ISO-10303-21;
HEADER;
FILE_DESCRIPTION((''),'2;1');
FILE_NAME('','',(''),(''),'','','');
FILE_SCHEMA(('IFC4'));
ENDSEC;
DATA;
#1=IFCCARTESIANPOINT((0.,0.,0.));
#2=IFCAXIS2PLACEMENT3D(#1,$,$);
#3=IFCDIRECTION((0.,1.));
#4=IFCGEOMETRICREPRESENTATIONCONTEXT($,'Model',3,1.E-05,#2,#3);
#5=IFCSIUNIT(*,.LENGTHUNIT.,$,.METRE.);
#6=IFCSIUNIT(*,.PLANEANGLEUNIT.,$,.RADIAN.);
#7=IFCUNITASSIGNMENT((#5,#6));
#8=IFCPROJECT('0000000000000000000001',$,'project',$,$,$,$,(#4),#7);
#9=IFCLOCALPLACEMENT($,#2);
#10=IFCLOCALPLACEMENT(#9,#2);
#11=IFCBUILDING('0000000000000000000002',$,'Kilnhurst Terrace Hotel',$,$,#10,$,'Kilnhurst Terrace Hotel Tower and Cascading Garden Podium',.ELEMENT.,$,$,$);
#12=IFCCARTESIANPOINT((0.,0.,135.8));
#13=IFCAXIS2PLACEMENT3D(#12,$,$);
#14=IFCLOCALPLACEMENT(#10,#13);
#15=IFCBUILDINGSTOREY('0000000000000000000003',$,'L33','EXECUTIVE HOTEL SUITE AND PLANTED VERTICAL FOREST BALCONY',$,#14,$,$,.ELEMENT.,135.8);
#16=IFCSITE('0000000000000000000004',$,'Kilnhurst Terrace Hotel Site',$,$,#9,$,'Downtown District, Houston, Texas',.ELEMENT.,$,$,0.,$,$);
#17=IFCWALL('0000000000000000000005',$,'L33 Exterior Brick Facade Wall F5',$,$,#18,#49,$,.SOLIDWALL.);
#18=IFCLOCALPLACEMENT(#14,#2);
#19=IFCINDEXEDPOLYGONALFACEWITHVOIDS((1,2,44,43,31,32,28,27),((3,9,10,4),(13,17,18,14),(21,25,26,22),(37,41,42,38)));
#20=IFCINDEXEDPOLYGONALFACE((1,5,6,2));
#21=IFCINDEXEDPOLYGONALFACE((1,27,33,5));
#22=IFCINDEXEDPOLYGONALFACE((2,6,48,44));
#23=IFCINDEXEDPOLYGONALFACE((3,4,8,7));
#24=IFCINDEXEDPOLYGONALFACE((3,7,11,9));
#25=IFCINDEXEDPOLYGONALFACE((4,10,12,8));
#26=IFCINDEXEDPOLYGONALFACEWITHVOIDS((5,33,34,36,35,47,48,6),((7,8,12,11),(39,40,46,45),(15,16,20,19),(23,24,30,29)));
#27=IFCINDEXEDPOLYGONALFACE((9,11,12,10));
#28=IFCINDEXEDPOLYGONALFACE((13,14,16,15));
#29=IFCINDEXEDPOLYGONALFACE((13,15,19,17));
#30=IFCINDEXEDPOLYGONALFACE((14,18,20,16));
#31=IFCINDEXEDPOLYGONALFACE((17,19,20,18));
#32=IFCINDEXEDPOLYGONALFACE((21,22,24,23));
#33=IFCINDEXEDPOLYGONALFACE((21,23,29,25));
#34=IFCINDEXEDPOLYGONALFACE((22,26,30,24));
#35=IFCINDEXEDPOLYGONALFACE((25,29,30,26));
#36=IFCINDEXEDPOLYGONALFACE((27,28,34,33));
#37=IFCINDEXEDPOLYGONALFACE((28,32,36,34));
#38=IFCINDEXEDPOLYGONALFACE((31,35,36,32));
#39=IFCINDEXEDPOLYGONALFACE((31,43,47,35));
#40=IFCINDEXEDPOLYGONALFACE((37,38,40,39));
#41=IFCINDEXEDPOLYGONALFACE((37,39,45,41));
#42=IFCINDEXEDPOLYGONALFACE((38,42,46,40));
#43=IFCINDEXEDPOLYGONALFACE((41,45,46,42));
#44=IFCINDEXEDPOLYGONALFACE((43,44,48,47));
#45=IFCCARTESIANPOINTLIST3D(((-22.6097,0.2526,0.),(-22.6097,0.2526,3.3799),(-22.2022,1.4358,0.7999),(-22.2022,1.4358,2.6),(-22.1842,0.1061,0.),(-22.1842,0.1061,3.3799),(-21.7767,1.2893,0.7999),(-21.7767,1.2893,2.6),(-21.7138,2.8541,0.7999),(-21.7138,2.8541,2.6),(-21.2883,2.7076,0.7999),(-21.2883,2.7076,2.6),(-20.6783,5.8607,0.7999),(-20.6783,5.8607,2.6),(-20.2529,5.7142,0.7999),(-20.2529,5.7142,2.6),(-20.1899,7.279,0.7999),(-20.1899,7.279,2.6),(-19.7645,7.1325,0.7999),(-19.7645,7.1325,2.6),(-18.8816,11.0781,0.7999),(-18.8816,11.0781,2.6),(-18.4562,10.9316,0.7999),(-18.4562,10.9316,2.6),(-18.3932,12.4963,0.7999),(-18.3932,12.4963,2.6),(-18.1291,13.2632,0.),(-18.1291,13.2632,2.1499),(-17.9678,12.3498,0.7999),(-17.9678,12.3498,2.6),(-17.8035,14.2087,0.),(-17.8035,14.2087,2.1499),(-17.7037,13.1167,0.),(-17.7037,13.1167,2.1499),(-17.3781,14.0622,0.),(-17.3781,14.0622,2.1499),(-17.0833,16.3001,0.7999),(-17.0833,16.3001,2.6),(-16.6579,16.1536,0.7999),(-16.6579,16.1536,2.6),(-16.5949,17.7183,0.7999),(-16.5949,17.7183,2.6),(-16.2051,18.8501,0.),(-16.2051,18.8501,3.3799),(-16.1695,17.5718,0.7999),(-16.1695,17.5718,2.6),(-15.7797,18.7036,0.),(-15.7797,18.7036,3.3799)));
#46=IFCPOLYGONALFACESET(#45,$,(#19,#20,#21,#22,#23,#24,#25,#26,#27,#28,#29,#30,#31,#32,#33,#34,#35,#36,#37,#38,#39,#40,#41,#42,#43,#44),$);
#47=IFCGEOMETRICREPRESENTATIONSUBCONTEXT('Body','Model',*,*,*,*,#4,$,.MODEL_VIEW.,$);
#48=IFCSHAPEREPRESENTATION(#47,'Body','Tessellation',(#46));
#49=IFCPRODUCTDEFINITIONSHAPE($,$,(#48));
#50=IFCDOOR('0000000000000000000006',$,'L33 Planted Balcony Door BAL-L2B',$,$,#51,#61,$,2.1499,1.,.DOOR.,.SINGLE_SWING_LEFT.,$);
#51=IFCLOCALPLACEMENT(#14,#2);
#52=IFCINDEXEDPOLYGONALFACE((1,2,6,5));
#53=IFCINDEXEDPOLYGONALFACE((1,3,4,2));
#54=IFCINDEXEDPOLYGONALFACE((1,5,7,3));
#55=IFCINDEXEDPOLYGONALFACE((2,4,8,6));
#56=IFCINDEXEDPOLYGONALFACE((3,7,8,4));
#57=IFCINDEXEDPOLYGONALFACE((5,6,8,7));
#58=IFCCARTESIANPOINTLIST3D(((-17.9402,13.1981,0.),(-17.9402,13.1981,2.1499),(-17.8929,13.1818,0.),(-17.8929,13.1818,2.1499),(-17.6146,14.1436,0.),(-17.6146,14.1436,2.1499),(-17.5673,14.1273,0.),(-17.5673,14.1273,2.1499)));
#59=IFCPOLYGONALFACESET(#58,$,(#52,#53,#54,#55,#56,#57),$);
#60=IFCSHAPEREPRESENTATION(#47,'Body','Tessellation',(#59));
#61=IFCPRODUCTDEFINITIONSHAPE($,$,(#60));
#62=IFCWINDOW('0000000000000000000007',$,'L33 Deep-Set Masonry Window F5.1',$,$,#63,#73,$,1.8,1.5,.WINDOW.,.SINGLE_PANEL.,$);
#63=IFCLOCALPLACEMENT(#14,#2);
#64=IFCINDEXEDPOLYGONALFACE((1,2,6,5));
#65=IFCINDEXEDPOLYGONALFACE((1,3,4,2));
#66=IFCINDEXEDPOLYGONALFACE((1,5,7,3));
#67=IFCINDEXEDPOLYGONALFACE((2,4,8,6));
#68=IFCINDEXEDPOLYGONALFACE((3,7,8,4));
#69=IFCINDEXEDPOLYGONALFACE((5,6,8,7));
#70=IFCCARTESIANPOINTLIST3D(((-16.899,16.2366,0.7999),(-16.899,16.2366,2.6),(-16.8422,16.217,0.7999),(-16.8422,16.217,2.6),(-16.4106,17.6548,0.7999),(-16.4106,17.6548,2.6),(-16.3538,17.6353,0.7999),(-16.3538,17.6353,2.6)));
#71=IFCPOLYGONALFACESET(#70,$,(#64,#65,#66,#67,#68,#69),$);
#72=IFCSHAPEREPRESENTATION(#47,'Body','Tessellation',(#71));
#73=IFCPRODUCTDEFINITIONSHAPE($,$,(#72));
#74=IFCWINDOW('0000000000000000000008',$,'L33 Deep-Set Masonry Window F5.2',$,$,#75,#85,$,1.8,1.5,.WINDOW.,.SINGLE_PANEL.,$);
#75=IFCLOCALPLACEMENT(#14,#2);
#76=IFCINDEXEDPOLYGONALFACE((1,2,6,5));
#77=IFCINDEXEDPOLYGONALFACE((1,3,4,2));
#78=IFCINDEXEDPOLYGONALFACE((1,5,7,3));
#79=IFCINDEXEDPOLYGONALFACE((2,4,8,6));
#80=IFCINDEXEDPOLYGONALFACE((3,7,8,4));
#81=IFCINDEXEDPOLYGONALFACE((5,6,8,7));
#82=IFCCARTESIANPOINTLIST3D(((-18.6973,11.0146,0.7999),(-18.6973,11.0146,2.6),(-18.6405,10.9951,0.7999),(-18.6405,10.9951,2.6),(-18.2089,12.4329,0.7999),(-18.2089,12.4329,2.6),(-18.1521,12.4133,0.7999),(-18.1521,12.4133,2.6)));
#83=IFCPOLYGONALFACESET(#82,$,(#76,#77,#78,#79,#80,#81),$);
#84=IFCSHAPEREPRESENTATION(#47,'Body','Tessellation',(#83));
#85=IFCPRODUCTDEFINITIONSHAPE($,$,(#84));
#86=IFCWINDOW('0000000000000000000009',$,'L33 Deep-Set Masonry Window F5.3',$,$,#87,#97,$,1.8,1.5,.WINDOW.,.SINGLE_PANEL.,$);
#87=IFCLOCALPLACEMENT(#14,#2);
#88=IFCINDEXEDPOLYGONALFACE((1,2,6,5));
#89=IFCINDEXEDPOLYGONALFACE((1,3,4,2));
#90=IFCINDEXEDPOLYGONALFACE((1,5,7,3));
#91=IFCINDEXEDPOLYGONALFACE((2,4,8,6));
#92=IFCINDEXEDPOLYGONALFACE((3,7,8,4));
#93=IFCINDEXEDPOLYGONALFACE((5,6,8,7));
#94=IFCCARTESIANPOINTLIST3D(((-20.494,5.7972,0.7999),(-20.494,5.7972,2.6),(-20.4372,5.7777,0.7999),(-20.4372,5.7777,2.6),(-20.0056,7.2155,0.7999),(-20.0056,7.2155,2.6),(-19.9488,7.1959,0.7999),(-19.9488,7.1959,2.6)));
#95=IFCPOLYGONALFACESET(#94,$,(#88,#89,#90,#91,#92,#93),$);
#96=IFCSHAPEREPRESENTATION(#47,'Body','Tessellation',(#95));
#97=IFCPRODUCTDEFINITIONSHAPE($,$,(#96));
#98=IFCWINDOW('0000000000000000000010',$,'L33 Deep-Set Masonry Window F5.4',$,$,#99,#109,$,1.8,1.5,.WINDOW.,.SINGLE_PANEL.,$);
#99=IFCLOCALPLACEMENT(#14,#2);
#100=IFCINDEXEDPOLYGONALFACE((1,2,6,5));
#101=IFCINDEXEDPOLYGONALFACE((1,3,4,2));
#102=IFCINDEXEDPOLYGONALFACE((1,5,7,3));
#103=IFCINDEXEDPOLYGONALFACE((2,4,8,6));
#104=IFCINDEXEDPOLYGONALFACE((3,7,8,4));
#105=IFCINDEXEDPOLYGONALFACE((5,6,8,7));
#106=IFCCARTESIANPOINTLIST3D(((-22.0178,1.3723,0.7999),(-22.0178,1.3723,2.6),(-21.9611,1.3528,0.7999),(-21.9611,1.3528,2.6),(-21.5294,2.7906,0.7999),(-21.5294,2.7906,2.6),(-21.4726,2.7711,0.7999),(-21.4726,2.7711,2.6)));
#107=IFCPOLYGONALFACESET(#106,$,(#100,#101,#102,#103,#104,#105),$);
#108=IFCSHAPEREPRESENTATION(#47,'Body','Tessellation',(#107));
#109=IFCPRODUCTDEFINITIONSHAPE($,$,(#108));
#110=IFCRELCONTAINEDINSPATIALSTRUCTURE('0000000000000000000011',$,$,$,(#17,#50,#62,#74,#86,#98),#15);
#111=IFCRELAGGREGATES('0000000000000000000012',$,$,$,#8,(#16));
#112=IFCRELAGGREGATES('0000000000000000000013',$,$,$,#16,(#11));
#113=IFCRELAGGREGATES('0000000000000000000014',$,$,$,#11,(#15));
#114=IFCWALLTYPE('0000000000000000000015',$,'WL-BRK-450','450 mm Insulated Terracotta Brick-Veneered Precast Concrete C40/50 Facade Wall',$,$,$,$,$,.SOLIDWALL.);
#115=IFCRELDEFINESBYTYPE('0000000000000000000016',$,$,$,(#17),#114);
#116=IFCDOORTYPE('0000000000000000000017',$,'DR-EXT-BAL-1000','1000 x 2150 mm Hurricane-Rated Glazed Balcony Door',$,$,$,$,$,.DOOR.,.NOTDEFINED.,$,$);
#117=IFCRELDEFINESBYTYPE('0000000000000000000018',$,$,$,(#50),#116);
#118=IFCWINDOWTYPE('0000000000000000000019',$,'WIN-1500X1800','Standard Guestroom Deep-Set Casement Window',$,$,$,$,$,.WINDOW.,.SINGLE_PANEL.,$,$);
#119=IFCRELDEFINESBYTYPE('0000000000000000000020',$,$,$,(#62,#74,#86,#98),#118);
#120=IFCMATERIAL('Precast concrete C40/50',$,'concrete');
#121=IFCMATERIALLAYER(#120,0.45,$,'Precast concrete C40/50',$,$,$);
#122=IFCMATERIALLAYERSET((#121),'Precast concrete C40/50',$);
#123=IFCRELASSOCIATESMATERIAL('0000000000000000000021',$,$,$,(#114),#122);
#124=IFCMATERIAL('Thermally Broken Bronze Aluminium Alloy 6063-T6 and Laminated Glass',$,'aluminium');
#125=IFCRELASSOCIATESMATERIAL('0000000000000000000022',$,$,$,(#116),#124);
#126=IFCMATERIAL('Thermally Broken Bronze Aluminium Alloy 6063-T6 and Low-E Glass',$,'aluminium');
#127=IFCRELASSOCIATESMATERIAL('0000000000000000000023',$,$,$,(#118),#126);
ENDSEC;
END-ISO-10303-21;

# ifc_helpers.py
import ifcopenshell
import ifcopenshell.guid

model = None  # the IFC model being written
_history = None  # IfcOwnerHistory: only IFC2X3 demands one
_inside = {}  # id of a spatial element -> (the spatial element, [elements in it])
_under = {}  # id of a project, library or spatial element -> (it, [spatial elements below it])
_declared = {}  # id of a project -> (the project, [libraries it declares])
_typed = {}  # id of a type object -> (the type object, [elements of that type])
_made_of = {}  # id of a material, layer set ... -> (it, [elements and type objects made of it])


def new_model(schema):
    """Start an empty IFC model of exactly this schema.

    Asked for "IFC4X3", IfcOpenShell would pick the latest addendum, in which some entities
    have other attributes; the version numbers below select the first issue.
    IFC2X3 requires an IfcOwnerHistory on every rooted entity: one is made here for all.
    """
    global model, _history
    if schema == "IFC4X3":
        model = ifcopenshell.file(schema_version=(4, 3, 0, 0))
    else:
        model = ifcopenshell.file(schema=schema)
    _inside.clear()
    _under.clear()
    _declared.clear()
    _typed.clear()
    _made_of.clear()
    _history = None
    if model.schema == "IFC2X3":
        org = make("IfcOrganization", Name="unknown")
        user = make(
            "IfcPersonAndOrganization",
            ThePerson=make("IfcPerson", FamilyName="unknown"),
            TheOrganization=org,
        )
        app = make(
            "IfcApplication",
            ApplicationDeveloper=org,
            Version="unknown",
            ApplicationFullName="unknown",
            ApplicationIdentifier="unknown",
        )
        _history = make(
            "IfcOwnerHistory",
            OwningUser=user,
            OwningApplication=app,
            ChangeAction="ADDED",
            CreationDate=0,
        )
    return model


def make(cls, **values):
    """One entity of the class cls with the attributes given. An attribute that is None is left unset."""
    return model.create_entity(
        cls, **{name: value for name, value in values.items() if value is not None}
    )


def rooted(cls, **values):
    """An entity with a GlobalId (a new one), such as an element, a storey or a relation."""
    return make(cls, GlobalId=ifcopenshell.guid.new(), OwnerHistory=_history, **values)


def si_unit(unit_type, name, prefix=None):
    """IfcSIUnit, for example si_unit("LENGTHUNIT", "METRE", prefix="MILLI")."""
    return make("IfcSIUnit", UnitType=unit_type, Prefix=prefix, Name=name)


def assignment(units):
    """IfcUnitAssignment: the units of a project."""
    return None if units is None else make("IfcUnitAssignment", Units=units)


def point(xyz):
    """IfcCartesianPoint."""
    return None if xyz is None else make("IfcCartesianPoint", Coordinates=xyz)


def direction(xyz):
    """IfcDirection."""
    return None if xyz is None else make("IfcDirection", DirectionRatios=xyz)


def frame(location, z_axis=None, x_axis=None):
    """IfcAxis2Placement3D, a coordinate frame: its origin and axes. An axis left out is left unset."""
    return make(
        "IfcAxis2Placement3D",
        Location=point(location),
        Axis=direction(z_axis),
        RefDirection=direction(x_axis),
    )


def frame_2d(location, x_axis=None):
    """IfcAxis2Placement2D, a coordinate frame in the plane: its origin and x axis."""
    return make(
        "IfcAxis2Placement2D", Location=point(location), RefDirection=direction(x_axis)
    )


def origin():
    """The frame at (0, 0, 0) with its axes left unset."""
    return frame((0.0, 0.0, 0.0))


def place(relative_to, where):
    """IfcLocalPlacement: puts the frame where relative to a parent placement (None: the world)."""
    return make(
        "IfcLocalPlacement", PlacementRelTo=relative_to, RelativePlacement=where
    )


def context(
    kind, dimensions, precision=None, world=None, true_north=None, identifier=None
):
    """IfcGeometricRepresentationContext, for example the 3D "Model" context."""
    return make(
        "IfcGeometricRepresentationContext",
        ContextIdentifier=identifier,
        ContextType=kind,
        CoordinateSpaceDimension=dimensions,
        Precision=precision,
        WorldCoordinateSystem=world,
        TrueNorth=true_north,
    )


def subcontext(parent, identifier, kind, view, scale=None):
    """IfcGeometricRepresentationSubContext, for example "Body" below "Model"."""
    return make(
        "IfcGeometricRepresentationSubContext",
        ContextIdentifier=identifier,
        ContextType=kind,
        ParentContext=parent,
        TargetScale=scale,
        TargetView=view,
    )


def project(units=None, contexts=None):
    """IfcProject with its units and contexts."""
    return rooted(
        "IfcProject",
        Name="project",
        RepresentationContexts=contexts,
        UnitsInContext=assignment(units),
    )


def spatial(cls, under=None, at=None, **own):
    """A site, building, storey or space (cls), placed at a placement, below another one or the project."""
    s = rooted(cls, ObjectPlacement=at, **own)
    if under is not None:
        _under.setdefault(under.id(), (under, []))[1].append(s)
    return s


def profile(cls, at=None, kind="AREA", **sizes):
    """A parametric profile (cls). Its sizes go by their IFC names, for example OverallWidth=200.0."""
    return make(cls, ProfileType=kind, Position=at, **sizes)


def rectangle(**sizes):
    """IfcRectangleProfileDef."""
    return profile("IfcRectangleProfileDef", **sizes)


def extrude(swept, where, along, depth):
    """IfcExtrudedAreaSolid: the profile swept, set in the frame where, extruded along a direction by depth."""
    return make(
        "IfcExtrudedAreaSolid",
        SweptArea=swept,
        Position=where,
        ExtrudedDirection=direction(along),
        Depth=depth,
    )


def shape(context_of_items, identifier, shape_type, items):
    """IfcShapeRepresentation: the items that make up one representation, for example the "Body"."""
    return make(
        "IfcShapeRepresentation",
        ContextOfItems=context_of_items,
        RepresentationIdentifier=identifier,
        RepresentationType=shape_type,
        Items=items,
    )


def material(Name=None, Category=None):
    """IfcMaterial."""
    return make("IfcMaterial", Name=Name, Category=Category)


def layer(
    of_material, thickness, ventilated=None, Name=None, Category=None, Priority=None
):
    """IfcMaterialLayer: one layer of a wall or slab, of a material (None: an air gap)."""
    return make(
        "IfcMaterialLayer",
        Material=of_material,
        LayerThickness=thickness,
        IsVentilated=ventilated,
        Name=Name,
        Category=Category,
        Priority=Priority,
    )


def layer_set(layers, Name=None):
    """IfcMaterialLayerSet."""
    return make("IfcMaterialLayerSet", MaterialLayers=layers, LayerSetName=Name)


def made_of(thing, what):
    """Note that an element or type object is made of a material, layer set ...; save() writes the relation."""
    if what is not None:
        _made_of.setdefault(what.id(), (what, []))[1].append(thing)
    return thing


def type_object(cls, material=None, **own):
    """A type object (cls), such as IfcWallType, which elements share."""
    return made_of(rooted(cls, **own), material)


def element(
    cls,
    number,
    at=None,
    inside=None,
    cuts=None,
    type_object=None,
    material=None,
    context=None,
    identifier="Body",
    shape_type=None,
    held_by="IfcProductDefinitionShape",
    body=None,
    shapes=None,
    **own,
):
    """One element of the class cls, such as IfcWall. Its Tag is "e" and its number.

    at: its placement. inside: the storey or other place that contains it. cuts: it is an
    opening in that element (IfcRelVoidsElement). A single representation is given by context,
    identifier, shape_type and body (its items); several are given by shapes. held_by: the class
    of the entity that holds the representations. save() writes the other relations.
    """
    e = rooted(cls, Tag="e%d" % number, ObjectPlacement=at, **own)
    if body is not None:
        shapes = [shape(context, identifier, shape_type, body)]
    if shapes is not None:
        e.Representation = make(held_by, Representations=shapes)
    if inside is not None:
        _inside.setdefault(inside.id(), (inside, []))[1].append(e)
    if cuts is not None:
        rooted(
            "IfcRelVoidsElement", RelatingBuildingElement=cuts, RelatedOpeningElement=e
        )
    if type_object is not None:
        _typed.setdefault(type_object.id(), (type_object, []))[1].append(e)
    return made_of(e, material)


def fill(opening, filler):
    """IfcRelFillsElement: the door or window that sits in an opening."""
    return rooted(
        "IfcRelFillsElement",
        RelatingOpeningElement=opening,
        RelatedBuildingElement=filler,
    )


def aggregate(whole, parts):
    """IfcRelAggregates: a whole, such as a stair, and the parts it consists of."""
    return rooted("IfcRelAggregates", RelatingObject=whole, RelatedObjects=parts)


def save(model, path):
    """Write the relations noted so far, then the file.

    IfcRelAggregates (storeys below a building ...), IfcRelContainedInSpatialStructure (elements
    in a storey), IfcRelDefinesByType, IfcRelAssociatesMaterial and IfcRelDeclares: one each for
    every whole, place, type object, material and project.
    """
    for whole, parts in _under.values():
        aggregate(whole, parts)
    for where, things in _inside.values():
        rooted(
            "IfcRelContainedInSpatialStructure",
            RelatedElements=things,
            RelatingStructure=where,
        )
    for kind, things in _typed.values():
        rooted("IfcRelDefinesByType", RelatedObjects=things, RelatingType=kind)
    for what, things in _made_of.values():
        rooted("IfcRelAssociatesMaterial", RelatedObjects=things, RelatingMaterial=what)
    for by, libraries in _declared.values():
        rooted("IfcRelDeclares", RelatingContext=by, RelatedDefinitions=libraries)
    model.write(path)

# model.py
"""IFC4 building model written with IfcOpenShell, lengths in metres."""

from ifc_helpers import new_model, si_unit, direction, frame, frame_2d, origin, place, context, subcontext, project, spatial, rectangle, extrude, material, layer, layer_set, type_object, element, fill, save


model = new_model("IFC4")

# Units and contexts
model_context = context("Model", 3, precision=1e-05, world=origin(), true_north=direction((0.0, 1.0)))
body_context = subcontext(model_context, "Body", "Model", "MODEL_VIEW")
ifc_project = project(units=[si_unit("LENGTHUNIT", "METRE"), si_unit("PLANEANGLEUNIT", "RADIAN")], contexts=[model_context])

# Site, building, storey
site_placement = place(None, origin())
site = spatial("IfcSite", under=ifc_project, at=site_placement, Name="Kilnhurst Terrace Hotel Site", LongName="Downtown District, Houston, Texas", CompositionType="ELEMENT", RefElevation=0.0)
building_placement = place(site_placement, origin())
building = spatial("IfcBuilding", under=site, at=building_placement, Name="Kilnhurst Terrace Hotel", LongName="Kilnhurst Terrace Hotel Tower and Cascading Garden Podium", CompositionType="ELEMENT")
storey_placement = place(building_placement, frame((0.0, 0.0, 135.8)))
storey = spatial("IfcBuildingStorey", under=building, at=storey_placement, Name="L33", Description="EXECUTIVE HOTEL SUITE AND PLANTED VERTICAL FOREST BALCONY", CompositionType="ELEMENT", Elevation=135.8)

# Shared definitions
ifc_material_1 = material(Name="Precast concrete C40/50", Category="concrete")
ifc_layer_1 = layer(ifc_material_1, 0.45, Name="Precast concrete C40/50")
ifc_layer_set_1 = layer_set([ifc_layer_1], Name="Precast concrete C40/50")
wall_type_1 = type_object("IfcWallType", Name="WL-BRK-450", Description="450 mm Insulated Terracotta Brick-Veneered Precast Concrete C40/50 Facade Wall", PredefinedType="SOLIDWALL", material=ifc_layer_set_1)

# Wall, openings, door, windows
wall_1_placement = place(storey_placement, frame((-15.9924, 18.7769, 0.0), z_axis=(0.0, 0.0, 1.0), x_axis=(-0.325607, -0.945505, 0.0)))
wall_1 = element("IfcWall", 1, at=wall_1_placement, inside=storey, type_object=wall_type_1, Name="L33 Exterior Brick Facade Wall F5", PredefinedType="SOLIDWALL", context=body_context, shape_type="SweptSolid", body=[
    extrude(rectangle(XDim=19.6694, YDim=0.45, at=frame_2d((9.8347, 0.0))), origin(), (0.0, 0.0, 1.0), 3.3799),
])
opening_1_placement = place(wall_1_placement, frame((4.9089, 0.0, 0.0)))
opening_1 = element("IfcOpeningElement", 2, at=opening_1_placement, cuts=wall_1, PredefinedType="OPENING", context=body_context, shape_type="SweptSolid", body=[
    extrude(rectangle(XDim=1.0, YDim=2.1499, at=frame_2d((0.5, 1.075))), frame((0.0, 0.2349, 0.0), z_axis=(0.0, -1.0, 0.0), x_axis=(1.0, 0.0, 0.0)), (0.0, 0.0, 1.0), 0.47),
])
opening_2_placement = place(wall_1_placement, frame((1.197, 0.0, 0.8)))
opening_2 = element("IfcOpeningElement", 3, at=opening_2_placement, cuts=wall_1, PredefinedType="OPENING", context=body_context, shape_type="SweptSolid", body=[
    extrude(rectangle(XDim=1.5, YDim=1.8, at=frame_2d((0.75, 0.8999))), frame((0.0, 0.2349, 0.0), z_axis=(0.0, -1.0, 0.0), x_axis=(1.0, 0.0, 0.0)), (0.0, 0.0, 1.0), 0.47),
])
opening_3_placement = place(wall_1_placement, frame((6.72, 0.0, 0.8)))
opening_3 = element("IfcOpeningElement", 4, at=opening_3_placement, cuts=wall_1, PredefinedType="OPENING", context=body_context, shape_type="SweptSolid", body=[
    extrude(rectangle(XDim=1.5, YDim=1.8, at=frame_2d((0.75, 0.8999))), frame((0.0, 0.2349, 0.0), z_axis=(0.0, -1.0, 0.0), x_axis=(1.0, 0.0, 0.0)), (0.0, 0.0, 1.0), 0.47),
])
opening_4_placement = place(wall_1_placement, frame((12.238, 0.0, 0.8)))
opening_4 = element("IfcOpeningElement", 5, at=opening_4_placement, cuts=wall_1, PredefinedType="OPENING", context=body_context, shape_type="SweptSolid", body=[
    extrude(rectangle(XDim=1.5, YDim=1.8, at=frame_2d((0.75, 0.8999))), frame((0.0, 0.2349, 0.0), z_axis=(0.0, -1.0, 0.0), x_axis=(1.0, 0.0, 0.0)), (0.0, 0.0, 1.0), 0.47),
])
opening_5_placement = place(wall_1_placement, frame((16.918, 0.0, 0.8)))
opening_5 = element("IfcOpeningElement", 6, at=opening_5_placement, cuts=wall_1, PredefinedType="OPENING", context=body_context, shape_type="SweptSolid", body=[
    extrude(rectangle(XDim=1.5, YDim=1.8, at=frame_2d((0.75, 0.8999))), frame((0.0, 0.2349, 0.0), z_axis=(0.0, -1.0, 0.0), x_axis=(1.0, 0.0, 0.0)), (0.0, 0.0, 1.0), 0.47),
])
ifc_material_2 = material(Name="Thermally Broken Bronze Aluminium Alloy 6063-T6 and Laminated Glass", Category="aluminium")
door_type_1 = type_object("IfcDoorType", Name="DR-EXT-BAL-1000", Description="1000 x 2150 mm Hurricane-Rated Glazed Balcony Door", OperationType="NOTDEFINED", PredefinedType="DOOR", material=ifc_material_2)
door_1_placement = place(opening_1_placement, origin())
door_1 = element("IfcDoor", 7, at=door_1_placement, inside=storey, type_object=door_type_1, Name="L33 Planted Balcony Door BAL-L2B", OperationType="SINGLE_SWING_LEFT", OverallHeight=2.1499, OverallWidth=1.0, PredefinedType="DOOR", context=body_context, shape_type="SweptSolid", body=[
    extrude(rectangle(XDim=1.0, YDim=2.1499, at=frame_2d((0.5, 1.075))), frame((0.0, 0.0249, 0.0), z_axis=(0.0, -1.0, 0.0), x_axis=(1.0, 0.0, 0.0)), (0.0, 0.0, 1.0), 0.05),
])
fill(opening_1, door_1)
ifc_material_3 = material(Name="Thermally Broken Bronze Aluminium Alloy 6063-T6 and Low-E Glass", Category="aluminium")
window_type = type_object("IfcWindowType", Name="WIN-1500X1800", Description="Standard Guestroom Deep-Set Casement Window", PartitioningType="SINGLE_PANEL", PredefinedType="WINDOW", material=ifc_material_3)
window_1_placement = place(opening_2_placement, origin())
window_1 = element("IfcWindow", 8, at=window_1_placement, inside=storey, type_object=window_type, Name="L33 Deep-Set Masonry Window F5.1", OverallHeight=1.8, OverallWidth=1.5, PartitioningType="SINGLE_PANEL", PredefinedType="WINDOW", context=body_context, shape_type="SweptSolid", body=[
    extrude(rectangle(XDim=1.5, YDim=1.8, at=frame_2d((0.75, 0.8999))), frame((0.0, 0.03, 0.0), z_axis=(0.0, -1.0, 0.0), x_axis=(1.0, 0.0, 0.0)), (0.0, 0.0, 1.0), 0.0601),
])
fill(opening_2, window_1)
window_2_placement = place(opening_3_placement, origin())
window_2 = element("IfcWindow", 9, at=window_2_placement, inside=storey, type_object=window_type, Name="L33 Deep-Set Masonry Window F5.2", OverallHeight=1.8, OverallWidth=1.5, PartitioningType="SINGLE_PANEL", PredefinedType="WINDOW", context=body_context, shape_type="SweptSolid", body=[
    extrude(rectangle(XDim=1.5, YDim=1.8, at=frame_2d((0.75, 0.8999))), frame((0.0, 0.03, 0.0), z_axis=(0.0, -1.0, 0.0), x_axis=(1.0, 0.0, 0.0)), (0.0, 0.0, 1.0), 0.0601),
])
fill(opening_3, window_2)
window_3_placement = place(opening_4_placement, origin())
window_3 = element("IfcWindow", 10, at=window_3_placement, inside=storey, type_object=window_type, Name="L33 Deep-Set Masonry Window F5.3", OverallHeight=1.8, OverallWidth=1.5, PartitioningType="SINGLE_PANEL", PredefinedType="WINDOW", context=body_context, shape_type="SweptSolid", body=[
    extrude(rectangle(XDim=1.5, YDim=1.8, at=frame_2d((0.75, 0.8999))), frame((0.0, 0.03, 0.0), z_axis=(0.0, -1.0, 0.0), x_axis=(1.0, 0.0, 0.0)), (0.0, 0.0, 1.0), 0.0601),
])
fill(opening_4, window_3)
window_4_placement = place(opening_5_placement, origin())
window_4 = element("IfcWindow", 11, at=window_4_placement, inside=storey, type_object=window_type, Name="L33 Deep-Set Masonry Window F5.4", OverallHeight=1.8, OverallWidth=1.5, PartitioningType="SINGLE_PANEL", PredefinedType="WINDOW", context=body_context, shape_type="SweptSolid", body=[
    extrude(rectangle(XDim=1.5, YDim=1.8, at=frame_2d((0.75, 0.8999))), frame((0.0, 0.03, 0.0), z_axis=(0.0, -1.0, 0.0), x_axis=(1.0, 0.0, 0.0)), (0.0, 0.0, 1.0), 0.0601),
])
fill(opening_5, window_4)

save(model, "model.ifc")
